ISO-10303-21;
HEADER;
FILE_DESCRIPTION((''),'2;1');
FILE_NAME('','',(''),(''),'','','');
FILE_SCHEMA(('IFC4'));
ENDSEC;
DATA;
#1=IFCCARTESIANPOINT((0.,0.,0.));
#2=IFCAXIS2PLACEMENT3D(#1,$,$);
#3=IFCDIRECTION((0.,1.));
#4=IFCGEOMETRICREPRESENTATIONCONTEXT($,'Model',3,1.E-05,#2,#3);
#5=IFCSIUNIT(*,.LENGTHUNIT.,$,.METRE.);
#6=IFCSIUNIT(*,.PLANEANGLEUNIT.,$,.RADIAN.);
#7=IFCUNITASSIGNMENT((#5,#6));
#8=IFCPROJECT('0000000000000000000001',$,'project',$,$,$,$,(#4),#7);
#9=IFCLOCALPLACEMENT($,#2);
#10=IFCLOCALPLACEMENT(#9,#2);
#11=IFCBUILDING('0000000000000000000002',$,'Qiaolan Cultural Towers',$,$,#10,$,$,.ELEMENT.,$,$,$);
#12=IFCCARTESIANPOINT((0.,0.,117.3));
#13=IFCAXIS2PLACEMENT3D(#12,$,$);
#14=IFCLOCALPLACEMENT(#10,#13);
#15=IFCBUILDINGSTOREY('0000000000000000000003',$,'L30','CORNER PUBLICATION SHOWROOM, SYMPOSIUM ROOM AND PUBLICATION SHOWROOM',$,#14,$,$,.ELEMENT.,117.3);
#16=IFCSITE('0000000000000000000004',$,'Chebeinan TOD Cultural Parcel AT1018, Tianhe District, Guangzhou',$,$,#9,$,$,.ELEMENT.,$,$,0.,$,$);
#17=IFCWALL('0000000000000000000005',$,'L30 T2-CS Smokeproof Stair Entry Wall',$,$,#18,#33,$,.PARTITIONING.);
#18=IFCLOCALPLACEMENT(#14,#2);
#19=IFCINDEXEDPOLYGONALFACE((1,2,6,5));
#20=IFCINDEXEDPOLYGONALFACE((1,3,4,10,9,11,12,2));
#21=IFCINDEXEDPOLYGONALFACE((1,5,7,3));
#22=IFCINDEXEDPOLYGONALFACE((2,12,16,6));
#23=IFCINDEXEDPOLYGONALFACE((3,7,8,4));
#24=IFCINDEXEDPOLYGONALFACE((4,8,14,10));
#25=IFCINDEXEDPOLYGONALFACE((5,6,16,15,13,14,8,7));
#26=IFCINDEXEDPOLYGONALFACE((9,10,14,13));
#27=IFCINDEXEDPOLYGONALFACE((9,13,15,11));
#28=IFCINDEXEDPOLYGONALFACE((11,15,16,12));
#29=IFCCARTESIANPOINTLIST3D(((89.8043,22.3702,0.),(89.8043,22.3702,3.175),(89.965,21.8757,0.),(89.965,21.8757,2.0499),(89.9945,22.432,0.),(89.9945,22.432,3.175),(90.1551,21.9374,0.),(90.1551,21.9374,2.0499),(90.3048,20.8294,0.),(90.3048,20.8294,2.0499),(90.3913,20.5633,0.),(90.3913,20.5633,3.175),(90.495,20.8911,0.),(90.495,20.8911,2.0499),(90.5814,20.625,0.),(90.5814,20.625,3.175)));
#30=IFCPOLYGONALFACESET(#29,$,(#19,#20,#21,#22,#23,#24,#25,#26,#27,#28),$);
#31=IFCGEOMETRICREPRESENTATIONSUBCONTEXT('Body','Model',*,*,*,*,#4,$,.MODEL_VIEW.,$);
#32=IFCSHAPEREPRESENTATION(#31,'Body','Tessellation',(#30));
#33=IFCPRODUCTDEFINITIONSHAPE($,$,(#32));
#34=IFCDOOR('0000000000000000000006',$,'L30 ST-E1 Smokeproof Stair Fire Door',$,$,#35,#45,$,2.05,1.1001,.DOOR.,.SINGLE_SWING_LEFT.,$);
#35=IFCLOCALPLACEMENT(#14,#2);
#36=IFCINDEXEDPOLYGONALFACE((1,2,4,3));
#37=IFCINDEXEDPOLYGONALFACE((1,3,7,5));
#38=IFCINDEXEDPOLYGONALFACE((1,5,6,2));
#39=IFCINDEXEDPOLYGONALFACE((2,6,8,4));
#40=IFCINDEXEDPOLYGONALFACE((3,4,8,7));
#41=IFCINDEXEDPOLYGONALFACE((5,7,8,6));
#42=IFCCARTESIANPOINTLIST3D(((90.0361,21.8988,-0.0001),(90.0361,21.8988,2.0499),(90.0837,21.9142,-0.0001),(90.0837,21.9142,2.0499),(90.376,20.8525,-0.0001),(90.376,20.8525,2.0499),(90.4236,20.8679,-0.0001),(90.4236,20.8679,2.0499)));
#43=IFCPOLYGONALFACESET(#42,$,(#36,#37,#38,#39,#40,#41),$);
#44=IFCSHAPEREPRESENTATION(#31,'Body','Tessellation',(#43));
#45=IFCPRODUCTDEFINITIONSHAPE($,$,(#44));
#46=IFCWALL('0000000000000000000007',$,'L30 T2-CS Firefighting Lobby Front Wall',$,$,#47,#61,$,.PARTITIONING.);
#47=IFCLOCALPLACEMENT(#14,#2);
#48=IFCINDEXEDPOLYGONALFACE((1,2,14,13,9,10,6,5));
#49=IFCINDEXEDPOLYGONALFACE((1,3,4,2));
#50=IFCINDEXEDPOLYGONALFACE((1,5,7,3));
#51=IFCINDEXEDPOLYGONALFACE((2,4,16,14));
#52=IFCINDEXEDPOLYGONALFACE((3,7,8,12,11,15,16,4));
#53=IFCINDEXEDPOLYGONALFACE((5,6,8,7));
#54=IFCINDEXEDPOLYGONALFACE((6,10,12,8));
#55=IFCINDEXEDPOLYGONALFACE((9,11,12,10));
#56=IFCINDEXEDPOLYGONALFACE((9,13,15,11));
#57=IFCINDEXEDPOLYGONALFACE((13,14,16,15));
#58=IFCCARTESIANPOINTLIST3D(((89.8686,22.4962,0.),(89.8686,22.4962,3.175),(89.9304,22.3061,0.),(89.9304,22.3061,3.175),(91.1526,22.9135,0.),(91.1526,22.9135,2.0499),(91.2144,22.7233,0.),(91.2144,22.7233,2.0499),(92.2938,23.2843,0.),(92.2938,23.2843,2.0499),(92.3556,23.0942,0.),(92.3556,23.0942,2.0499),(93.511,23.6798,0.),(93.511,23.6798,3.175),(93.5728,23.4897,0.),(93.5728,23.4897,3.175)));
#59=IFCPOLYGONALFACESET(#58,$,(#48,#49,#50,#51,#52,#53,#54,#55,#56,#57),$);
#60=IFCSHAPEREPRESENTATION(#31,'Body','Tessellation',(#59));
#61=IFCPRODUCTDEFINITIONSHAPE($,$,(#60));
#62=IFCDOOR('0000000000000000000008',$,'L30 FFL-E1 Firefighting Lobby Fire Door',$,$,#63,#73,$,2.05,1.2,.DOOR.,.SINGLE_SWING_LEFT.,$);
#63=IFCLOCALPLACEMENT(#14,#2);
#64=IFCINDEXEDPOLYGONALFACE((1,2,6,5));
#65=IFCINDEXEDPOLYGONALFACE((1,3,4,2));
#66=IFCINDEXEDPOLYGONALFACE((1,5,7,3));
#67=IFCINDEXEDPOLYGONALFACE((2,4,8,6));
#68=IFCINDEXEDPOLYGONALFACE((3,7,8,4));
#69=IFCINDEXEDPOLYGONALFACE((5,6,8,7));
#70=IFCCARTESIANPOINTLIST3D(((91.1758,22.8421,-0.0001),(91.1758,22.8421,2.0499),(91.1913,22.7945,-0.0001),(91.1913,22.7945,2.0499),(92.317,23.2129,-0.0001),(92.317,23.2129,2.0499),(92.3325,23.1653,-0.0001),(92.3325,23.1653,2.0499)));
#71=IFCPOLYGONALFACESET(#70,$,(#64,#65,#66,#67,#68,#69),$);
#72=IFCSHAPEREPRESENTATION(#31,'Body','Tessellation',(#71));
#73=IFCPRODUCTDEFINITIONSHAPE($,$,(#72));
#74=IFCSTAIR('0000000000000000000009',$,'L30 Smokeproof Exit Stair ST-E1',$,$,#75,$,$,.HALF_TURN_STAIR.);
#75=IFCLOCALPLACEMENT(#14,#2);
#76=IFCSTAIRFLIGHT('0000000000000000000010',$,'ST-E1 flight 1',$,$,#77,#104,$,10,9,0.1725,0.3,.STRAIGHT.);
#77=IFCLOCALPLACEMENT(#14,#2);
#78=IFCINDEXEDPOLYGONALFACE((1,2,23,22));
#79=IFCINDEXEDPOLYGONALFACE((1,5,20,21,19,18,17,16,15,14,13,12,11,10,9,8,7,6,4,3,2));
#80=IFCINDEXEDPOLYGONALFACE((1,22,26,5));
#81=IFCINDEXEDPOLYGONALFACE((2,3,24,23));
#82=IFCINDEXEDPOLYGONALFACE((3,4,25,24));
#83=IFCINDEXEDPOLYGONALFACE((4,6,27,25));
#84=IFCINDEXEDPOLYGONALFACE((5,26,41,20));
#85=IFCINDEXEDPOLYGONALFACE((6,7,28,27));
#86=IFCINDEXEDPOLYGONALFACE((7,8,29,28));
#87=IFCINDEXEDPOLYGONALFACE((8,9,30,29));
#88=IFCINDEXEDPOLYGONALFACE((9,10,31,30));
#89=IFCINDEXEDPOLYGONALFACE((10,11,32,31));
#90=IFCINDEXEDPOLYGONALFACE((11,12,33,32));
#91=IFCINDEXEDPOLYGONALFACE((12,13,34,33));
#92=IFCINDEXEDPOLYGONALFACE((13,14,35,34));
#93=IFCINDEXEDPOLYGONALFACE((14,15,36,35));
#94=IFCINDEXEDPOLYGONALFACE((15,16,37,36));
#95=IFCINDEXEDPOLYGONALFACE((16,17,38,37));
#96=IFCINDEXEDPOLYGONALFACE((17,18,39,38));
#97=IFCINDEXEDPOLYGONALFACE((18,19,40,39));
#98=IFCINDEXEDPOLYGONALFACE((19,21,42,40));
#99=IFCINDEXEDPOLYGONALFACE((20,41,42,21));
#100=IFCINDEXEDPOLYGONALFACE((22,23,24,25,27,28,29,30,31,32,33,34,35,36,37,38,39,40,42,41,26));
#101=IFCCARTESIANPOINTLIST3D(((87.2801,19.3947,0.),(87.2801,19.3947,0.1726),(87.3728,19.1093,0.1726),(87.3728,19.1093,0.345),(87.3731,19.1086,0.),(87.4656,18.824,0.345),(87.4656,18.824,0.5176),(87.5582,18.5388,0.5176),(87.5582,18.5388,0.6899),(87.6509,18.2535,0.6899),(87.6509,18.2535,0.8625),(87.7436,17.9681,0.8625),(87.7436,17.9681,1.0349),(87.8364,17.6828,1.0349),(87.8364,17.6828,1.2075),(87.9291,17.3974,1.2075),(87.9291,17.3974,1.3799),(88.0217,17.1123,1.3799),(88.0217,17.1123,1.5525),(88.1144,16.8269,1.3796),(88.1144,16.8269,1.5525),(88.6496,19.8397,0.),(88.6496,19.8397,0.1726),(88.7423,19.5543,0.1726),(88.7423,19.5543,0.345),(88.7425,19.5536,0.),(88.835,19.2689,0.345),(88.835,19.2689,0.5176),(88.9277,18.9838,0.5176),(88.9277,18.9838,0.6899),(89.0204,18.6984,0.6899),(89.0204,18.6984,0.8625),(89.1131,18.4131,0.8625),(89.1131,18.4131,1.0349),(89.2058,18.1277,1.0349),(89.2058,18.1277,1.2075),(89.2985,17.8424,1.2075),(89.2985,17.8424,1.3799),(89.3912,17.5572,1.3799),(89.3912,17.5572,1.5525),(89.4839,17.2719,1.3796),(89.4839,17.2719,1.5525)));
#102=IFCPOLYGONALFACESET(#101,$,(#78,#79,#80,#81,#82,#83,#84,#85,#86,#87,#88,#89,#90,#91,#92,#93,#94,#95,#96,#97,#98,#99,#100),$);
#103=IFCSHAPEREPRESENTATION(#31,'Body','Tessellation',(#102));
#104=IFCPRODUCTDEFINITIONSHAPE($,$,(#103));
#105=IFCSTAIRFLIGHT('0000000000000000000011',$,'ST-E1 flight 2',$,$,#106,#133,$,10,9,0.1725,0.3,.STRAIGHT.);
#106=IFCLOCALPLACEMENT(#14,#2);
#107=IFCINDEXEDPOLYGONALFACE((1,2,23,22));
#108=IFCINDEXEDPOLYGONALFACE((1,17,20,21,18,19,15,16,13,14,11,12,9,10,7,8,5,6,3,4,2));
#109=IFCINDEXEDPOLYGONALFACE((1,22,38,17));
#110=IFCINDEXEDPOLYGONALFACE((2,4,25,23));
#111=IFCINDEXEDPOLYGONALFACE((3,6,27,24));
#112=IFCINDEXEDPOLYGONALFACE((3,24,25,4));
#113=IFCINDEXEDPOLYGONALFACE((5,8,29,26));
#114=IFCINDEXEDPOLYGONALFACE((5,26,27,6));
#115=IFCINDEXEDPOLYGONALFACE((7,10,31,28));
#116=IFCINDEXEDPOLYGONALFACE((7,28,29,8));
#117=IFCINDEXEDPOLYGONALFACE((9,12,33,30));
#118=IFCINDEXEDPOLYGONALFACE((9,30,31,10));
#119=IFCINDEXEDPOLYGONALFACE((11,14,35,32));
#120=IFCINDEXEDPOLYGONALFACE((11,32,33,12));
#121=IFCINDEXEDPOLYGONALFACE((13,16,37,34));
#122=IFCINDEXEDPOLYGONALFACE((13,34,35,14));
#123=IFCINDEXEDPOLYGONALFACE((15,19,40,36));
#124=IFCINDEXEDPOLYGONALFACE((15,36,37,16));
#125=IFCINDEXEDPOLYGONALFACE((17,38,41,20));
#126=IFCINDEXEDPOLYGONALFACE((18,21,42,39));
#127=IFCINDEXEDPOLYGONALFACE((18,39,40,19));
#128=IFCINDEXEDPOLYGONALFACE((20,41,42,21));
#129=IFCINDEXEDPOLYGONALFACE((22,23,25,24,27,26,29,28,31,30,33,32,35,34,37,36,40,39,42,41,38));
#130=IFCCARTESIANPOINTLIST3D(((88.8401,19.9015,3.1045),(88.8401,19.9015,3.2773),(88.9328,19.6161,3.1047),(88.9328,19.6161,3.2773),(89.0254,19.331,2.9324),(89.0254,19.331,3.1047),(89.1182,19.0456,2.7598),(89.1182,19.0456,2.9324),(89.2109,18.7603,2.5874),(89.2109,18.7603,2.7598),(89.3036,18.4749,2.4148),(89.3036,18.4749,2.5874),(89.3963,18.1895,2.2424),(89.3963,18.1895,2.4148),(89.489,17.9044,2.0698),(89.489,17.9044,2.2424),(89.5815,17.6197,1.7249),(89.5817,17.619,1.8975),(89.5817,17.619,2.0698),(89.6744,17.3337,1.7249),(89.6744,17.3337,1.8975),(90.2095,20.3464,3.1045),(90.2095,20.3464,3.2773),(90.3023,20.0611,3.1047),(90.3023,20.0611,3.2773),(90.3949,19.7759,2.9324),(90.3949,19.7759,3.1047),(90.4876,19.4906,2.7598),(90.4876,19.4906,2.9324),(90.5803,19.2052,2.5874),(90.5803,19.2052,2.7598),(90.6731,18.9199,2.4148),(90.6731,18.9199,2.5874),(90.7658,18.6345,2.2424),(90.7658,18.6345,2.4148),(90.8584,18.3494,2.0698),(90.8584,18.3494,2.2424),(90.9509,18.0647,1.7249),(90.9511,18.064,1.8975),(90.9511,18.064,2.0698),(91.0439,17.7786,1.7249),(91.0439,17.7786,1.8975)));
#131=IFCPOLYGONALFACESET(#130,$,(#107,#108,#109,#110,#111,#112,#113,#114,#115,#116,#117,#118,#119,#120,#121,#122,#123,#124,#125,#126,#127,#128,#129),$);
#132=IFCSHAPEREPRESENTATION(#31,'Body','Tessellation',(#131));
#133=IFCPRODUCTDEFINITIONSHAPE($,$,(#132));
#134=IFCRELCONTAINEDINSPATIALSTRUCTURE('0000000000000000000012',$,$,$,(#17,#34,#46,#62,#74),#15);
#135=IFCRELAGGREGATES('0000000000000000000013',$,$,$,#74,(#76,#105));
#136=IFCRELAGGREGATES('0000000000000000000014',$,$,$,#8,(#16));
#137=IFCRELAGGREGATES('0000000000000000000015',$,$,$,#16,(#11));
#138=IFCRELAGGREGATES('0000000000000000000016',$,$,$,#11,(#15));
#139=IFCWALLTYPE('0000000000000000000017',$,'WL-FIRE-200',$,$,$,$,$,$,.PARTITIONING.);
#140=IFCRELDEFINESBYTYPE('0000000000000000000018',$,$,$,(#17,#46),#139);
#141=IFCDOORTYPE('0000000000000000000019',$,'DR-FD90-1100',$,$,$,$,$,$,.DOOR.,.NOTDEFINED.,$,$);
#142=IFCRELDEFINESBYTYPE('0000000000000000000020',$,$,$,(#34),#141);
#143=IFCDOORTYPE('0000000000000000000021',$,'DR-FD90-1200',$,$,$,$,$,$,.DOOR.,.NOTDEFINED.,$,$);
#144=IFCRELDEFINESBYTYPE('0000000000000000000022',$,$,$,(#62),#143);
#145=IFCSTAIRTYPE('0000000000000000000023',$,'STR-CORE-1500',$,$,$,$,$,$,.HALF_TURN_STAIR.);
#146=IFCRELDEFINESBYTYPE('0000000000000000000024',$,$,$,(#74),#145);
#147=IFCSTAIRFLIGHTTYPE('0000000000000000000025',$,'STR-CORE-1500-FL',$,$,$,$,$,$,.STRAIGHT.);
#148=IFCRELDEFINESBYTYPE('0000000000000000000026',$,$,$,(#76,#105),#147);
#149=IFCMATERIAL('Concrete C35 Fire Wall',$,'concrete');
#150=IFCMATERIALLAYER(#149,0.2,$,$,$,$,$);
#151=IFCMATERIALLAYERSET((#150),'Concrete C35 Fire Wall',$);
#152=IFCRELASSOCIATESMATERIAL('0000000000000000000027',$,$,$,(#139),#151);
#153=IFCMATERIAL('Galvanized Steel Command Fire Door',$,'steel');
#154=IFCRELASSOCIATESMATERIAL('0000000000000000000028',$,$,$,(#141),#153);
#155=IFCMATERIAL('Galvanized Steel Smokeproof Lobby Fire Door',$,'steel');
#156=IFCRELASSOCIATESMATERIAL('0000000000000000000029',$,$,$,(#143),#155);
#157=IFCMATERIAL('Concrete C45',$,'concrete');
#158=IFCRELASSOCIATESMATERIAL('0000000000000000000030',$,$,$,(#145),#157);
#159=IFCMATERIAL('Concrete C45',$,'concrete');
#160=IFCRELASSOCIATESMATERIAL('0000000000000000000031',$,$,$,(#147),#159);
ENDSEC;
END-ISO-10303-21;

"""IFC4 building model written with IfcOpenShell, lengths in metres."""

from ifc_helpers import new_model, si_unit, direction, frame, frame_2d, origin, place, context, subcontext, project, spatial, polyline, rectangle, outline, extrude, material, layer, layer_set, type_object, element, fill, aggregate, save


model = new_model("IFC4")

# Units and contexts
model_context = context("Model", 3, precision=1e-05, world=origin(), true_north=direction((0.0, 1.0)))
body_context = subcontext(model_context, "Body", "Model", "MODEL_VIEW")
ifc_project = project(units=[si_unit("LENGTHUNIT", "METRE"), si_unit("PLANEANGLEUNIT", "RADIAN")], contexts=[model_context])

# Site, building, storey
site_placement = place(None, origin())
site = spatial("IfcSite", under=ifc_project, at=site_placement, Name="Chebeinan TOD Cultural Parcel AT1018, Tianhe District, Guangzhou", CompositionType="ELEMENT", RefElevation=0.0)
building_placement = place(site_placement, origin())
building = spatial("IfcBuilding", under=site, at=building_placement, Name="Qiaolan Cultural Towers", CompositionType="ELEMENT")
storey_placement = place(building_placement, frame((0.0, 0.0, 117.3)))
storey = spatial("IfcBuildingStorey", under=building, at=storey_placement, Name="L30", Description="CORNER PUBLICATION SHOWROOM, SYMPOSIUM ROOM AND PUBLICATION SHOWROOM", CompositionType="ELEMENT", Elevation=117.3)

# Walls, openings, doors
ifc_material_1 = material(Name="Concrete C35 Fire Wall", Category="concrete")
ifc_layer_1 = layer(ifc_material_1, 0.2)
ifc_layer_set_1 = layer_set([ifc_layer_1], Name="Concrete C35 Fire Wall")
wall_type_1 = type_object("IfcWallType", Name="WL-FIRE-200", PredefinedType="PARTITIONING", material=ifc_layer_set_1)
wall_1_placement = place(storey_placement, frame((89.8994, 22.4011, 0.0), z_axis=(0.0, 0.0, 1.0), x_axis=(0.308932, -0.951084, 0.0)))
wall_1 = element("IfcWall", 1, at=wall_1_placement, inside=storey, type_object=wall_type_1, Name="L30 T2-CS Smokeproof Stair Entry Wall", PredefinedType="PARTITIONING", context=body_context, shape_type="SweptSolid", body=[
    extrude(rectangle(XDim=1.8999, YDim=0.2, at=frame_2d((0.95, 0.0))), origin(), (0.0, 0.0, 1.0), 3.175),
])
opening_1_placement = place(wall_1_placement, frame((0.52, 0.0, 0.0)))
opening_1 = element("IfcOpeningElement", 2, at=opening_1_placement, cuts=wall_1, PredefinedType="OPENING", context=body_context, shape_type="SweptSolid", body=[
    extrude(rectangle(XDim=1.1001, YDim=2.05, at=frame_2d((0.55, 1.0249))), frame((0.0, 0.1099, 0.0), z_axis=(0.0, -1.0, 0.0), x_axis=(1.0, 0.0, 0.0)), (0.0, 0.0, 1.0), 0.22),
])
ifc_material_2 = material(Name="Galvanized Steel Command Fire Door", Category="steel")
door_type_1 = type_object("IfcDoorType", Name="DR-FD90-1100", OperationType="NOTDEFINED", PredefinedType="DOOR", material=ifc_material_2)
door_1_placement = place(opening_1_placement, origin())
door_1 = element("IfcDoor", 3, at=door_1_placement, inside=storey, type_object=door_type_1, Name="L30 ST-E1 Smokeproof Stair Fire Door", OperationType="SINGLE_SWING_LEFT", OverallHeight=2.05, OverallWidth=1.1001, PredefinedType="DOOR", context=body_context, shape_type="SweptSolid", body=[
    extrude(rectangle(XDim=1.1001, YDim=2.05, at=frame_2d((0.55, 1.0249))), frame((0.0, 0.0249, 0.0), z_axis=(0.0, -1.0, 0.0), x_axis=(1.0, 0.0, 0.0)), (0.0, 0.0, 1.0), 0.05),
])
fill(opening_1, door_1)
wall_2_placement = place(storey_placement, frame((89.8994, 22.4011, 0.0), z_axis=(0.0, 0.0, 1.0), x_axis=(0.951047, 0.309047, 0.0)))
wall_2 = element("IfcWall", 4, at=wall_2_placement, inside=storey, type_object=wall_type_1, Name="L30 T2-CS Firefighting Lobby Front Wall", PredefinedType="PARTITIONING", context=body_context, shape_type="SweptSolid", body=[
    extrude(rectangle(XDim=3.8298, YDim=0.2, at=frame_2d((1.915, 0.0))), origin(), (0.0, 0.0, 1.0), 3.175),
])
opening_2_placement = place(wall_2_placement, frame((1.3501, 0.0, 0.0)))
opening_2 = element("IfcOpeningElement", 5, at=opening_2_placement, cuts=wall_2, PredefinedType="OPENING", context=body_context, shape_type="SweptSolid", body=[
    extrude(rectangle(XDim=1.2, YDim=2.05, at=frame_2d((0.6001, 1.0249))), frame((0.0, 0.1099, 0.0), z_axis=(0.0, -1.0, 0.0), x_axis=(1.0, 0.0, 0.0)), (0.0, 0.0, 1.0), 0.22),
])
ifc_material_3 = material(Name="Galvanized Steel Smokeproof Lobby Fire Door", Category="steel")
door_type_2 = type_object("IfcDoorType", Name="DR-FD90-1200", OperationType="NOTDEFINED", PredefinedType="DOOR", material=ifc_material_3)
door_2_placement = place(opening_2_placement, origin())
door_2 = element("IfcDoor", 6, at=door_2_placement, inside=storey, type_object=door_type_2, Name="L30 FFL-E1 Firefighting Lobby Fire Door", OperationType="SINGLE_SWING_LEFT", OverallHeight=2.05, OverallWidth=1.2, PredefinedType="DOOR", context=body_context, shape_type="SweptSolid", body=[
    extrude(rectangle(XDim=1.2, YDim=2.05, at=frame_2d((0.6001, 1.0249))), frame((0.0, 0.0249, 0.0), z_axis=(0.0, -1.0, 0.0), x_axis=(1.0, 0.0, 0.0)), (0.0, 0.0, 1.0), 0.05),
])
fill(opening_2, door_2)

# Stair, stair flights
ifc_material_4 = material(Name="Concrete C45", Category="concrete")
stair_type = type_object("IfcStairType", Name="STR-CORE-1500", PredefinedType="HALF_TURN_STAIR", material=ifc_material_4)
stair_placement = place(storey_placement, origin())
stair = element("IfcStair", 7, at=stair_placement, inside=storey, type_object=stair_type, Name="L30 Smokeproof Exit Stair ST-E1", PredefinedType="HALF_TURN_STAIR")
ifc_material_5 = material(Name="Concrete C45", Category="concrete")
stair_flight_type = type_object("IfcStairFlightType", Name="STR-CORE-1500-FL", PredefinedType="STRAIGHT", material=ifc_material_5)
stair_flight_1_placement = place(storey_placement, frame((87.9648, 19.6172, 0.0), z_axis=(0.0, 0.0, 1.0), x_axis=(0.309017, -0.951057, 0.0)))
stair_flight_1 = element("IfcStairFlight", 8, at=stair_flight_1_placement, type_object=stair_flight_type, Name="ST-E1 flight 1", NumberOfRisers=10, NumberOfTreads=9, PredefinedType="STRAIGHT", RiserHeight=0.1725, TreadLength=0.3, context=body_context, shape_type="SweptSolid", body=[
    extrude(outline(polyline([(0.0, 0.0), (0.0, 0.1726), (0.3, 0.1726), (0.3, 0.345), (0.6001, 0.345), (0.6001, 0.5176), (0.8999, 0.5176), (0.8999, 0.6899), (1.2, 0.6899), (1.2, 0.8625), (1.5, 0.8625), (1.5, 1.0349), (1.8, 1.0349), (1.8, 1.2075), (2.1001, 1.2075), (2.1001, 1.3799), (2.3999, 1.3799), (2.3999, 1.5525), (2.7, 1.5525), (2.7, 1.7251), (2.7, 1.3796), (0.3008, 0.0), (0.0, 0.0)])), frame((0.0, 0.72, 0.0), z_axis=(0.0, -1.0, 0.0), x_axis=(1.0, 0.0, 0.0)), (0.0, 0.0, 1.0), 1.4399),
])
stair_flight_2_placement = place(storey_placement, frame((90.3591, 17.5562, 1.7249), z_axis=(0.0, 0.0, 1.0), x_axis=(-0.309017, 0.951057, 0.0)))
stair_flight_2 = element("IfcStairFlight", 9, at=stair_flight_2_placement, type_object=stair_flight_type, Name="ST-E1 flight 2", NumberOfRisers=10, NumberOfTreads=9, PredefinedType="STRAIGHT", RiserHeight=0.1725, TreadLength=0.3, context=body_context, shape_type="SweptSolid", body=[
    extrude(outline(polyline([(0.0, 0.0), (0.0, 0.1726), (0.3, 0.1726), (0.3, 0.345), (0.6001, 0.345), (0.6001, 0.5176), (0.8999, 0.5176), (0.8999, 0.6899), (1.2, 0.6899), (1.2, 0.8625), (1.5, 0.8625), (1.5, 1.0349), (1.8, 1.0349), (1.8, 1.2075), (2.1001, 1.2075), (2.1001, 1.3799), (2.3999, 1.3799), (2.3999, 1.5525), (2.7, 1.5525), (2.7, 1.7251), (2.7, 1.3796), (0.3008, 0.0), (0.0, 0.0)])), frame((0.0, 0.72, 0.0), z_axis=(0.0, -1.0, 0.0), x_axis=(1.0, 0.0, 0.0)), (0.0, 0.0, 1.0), 1.4399),
])
aggregate(stair, [stair_flight_1, stair_flight_2])

save(model, "model.ifc")
